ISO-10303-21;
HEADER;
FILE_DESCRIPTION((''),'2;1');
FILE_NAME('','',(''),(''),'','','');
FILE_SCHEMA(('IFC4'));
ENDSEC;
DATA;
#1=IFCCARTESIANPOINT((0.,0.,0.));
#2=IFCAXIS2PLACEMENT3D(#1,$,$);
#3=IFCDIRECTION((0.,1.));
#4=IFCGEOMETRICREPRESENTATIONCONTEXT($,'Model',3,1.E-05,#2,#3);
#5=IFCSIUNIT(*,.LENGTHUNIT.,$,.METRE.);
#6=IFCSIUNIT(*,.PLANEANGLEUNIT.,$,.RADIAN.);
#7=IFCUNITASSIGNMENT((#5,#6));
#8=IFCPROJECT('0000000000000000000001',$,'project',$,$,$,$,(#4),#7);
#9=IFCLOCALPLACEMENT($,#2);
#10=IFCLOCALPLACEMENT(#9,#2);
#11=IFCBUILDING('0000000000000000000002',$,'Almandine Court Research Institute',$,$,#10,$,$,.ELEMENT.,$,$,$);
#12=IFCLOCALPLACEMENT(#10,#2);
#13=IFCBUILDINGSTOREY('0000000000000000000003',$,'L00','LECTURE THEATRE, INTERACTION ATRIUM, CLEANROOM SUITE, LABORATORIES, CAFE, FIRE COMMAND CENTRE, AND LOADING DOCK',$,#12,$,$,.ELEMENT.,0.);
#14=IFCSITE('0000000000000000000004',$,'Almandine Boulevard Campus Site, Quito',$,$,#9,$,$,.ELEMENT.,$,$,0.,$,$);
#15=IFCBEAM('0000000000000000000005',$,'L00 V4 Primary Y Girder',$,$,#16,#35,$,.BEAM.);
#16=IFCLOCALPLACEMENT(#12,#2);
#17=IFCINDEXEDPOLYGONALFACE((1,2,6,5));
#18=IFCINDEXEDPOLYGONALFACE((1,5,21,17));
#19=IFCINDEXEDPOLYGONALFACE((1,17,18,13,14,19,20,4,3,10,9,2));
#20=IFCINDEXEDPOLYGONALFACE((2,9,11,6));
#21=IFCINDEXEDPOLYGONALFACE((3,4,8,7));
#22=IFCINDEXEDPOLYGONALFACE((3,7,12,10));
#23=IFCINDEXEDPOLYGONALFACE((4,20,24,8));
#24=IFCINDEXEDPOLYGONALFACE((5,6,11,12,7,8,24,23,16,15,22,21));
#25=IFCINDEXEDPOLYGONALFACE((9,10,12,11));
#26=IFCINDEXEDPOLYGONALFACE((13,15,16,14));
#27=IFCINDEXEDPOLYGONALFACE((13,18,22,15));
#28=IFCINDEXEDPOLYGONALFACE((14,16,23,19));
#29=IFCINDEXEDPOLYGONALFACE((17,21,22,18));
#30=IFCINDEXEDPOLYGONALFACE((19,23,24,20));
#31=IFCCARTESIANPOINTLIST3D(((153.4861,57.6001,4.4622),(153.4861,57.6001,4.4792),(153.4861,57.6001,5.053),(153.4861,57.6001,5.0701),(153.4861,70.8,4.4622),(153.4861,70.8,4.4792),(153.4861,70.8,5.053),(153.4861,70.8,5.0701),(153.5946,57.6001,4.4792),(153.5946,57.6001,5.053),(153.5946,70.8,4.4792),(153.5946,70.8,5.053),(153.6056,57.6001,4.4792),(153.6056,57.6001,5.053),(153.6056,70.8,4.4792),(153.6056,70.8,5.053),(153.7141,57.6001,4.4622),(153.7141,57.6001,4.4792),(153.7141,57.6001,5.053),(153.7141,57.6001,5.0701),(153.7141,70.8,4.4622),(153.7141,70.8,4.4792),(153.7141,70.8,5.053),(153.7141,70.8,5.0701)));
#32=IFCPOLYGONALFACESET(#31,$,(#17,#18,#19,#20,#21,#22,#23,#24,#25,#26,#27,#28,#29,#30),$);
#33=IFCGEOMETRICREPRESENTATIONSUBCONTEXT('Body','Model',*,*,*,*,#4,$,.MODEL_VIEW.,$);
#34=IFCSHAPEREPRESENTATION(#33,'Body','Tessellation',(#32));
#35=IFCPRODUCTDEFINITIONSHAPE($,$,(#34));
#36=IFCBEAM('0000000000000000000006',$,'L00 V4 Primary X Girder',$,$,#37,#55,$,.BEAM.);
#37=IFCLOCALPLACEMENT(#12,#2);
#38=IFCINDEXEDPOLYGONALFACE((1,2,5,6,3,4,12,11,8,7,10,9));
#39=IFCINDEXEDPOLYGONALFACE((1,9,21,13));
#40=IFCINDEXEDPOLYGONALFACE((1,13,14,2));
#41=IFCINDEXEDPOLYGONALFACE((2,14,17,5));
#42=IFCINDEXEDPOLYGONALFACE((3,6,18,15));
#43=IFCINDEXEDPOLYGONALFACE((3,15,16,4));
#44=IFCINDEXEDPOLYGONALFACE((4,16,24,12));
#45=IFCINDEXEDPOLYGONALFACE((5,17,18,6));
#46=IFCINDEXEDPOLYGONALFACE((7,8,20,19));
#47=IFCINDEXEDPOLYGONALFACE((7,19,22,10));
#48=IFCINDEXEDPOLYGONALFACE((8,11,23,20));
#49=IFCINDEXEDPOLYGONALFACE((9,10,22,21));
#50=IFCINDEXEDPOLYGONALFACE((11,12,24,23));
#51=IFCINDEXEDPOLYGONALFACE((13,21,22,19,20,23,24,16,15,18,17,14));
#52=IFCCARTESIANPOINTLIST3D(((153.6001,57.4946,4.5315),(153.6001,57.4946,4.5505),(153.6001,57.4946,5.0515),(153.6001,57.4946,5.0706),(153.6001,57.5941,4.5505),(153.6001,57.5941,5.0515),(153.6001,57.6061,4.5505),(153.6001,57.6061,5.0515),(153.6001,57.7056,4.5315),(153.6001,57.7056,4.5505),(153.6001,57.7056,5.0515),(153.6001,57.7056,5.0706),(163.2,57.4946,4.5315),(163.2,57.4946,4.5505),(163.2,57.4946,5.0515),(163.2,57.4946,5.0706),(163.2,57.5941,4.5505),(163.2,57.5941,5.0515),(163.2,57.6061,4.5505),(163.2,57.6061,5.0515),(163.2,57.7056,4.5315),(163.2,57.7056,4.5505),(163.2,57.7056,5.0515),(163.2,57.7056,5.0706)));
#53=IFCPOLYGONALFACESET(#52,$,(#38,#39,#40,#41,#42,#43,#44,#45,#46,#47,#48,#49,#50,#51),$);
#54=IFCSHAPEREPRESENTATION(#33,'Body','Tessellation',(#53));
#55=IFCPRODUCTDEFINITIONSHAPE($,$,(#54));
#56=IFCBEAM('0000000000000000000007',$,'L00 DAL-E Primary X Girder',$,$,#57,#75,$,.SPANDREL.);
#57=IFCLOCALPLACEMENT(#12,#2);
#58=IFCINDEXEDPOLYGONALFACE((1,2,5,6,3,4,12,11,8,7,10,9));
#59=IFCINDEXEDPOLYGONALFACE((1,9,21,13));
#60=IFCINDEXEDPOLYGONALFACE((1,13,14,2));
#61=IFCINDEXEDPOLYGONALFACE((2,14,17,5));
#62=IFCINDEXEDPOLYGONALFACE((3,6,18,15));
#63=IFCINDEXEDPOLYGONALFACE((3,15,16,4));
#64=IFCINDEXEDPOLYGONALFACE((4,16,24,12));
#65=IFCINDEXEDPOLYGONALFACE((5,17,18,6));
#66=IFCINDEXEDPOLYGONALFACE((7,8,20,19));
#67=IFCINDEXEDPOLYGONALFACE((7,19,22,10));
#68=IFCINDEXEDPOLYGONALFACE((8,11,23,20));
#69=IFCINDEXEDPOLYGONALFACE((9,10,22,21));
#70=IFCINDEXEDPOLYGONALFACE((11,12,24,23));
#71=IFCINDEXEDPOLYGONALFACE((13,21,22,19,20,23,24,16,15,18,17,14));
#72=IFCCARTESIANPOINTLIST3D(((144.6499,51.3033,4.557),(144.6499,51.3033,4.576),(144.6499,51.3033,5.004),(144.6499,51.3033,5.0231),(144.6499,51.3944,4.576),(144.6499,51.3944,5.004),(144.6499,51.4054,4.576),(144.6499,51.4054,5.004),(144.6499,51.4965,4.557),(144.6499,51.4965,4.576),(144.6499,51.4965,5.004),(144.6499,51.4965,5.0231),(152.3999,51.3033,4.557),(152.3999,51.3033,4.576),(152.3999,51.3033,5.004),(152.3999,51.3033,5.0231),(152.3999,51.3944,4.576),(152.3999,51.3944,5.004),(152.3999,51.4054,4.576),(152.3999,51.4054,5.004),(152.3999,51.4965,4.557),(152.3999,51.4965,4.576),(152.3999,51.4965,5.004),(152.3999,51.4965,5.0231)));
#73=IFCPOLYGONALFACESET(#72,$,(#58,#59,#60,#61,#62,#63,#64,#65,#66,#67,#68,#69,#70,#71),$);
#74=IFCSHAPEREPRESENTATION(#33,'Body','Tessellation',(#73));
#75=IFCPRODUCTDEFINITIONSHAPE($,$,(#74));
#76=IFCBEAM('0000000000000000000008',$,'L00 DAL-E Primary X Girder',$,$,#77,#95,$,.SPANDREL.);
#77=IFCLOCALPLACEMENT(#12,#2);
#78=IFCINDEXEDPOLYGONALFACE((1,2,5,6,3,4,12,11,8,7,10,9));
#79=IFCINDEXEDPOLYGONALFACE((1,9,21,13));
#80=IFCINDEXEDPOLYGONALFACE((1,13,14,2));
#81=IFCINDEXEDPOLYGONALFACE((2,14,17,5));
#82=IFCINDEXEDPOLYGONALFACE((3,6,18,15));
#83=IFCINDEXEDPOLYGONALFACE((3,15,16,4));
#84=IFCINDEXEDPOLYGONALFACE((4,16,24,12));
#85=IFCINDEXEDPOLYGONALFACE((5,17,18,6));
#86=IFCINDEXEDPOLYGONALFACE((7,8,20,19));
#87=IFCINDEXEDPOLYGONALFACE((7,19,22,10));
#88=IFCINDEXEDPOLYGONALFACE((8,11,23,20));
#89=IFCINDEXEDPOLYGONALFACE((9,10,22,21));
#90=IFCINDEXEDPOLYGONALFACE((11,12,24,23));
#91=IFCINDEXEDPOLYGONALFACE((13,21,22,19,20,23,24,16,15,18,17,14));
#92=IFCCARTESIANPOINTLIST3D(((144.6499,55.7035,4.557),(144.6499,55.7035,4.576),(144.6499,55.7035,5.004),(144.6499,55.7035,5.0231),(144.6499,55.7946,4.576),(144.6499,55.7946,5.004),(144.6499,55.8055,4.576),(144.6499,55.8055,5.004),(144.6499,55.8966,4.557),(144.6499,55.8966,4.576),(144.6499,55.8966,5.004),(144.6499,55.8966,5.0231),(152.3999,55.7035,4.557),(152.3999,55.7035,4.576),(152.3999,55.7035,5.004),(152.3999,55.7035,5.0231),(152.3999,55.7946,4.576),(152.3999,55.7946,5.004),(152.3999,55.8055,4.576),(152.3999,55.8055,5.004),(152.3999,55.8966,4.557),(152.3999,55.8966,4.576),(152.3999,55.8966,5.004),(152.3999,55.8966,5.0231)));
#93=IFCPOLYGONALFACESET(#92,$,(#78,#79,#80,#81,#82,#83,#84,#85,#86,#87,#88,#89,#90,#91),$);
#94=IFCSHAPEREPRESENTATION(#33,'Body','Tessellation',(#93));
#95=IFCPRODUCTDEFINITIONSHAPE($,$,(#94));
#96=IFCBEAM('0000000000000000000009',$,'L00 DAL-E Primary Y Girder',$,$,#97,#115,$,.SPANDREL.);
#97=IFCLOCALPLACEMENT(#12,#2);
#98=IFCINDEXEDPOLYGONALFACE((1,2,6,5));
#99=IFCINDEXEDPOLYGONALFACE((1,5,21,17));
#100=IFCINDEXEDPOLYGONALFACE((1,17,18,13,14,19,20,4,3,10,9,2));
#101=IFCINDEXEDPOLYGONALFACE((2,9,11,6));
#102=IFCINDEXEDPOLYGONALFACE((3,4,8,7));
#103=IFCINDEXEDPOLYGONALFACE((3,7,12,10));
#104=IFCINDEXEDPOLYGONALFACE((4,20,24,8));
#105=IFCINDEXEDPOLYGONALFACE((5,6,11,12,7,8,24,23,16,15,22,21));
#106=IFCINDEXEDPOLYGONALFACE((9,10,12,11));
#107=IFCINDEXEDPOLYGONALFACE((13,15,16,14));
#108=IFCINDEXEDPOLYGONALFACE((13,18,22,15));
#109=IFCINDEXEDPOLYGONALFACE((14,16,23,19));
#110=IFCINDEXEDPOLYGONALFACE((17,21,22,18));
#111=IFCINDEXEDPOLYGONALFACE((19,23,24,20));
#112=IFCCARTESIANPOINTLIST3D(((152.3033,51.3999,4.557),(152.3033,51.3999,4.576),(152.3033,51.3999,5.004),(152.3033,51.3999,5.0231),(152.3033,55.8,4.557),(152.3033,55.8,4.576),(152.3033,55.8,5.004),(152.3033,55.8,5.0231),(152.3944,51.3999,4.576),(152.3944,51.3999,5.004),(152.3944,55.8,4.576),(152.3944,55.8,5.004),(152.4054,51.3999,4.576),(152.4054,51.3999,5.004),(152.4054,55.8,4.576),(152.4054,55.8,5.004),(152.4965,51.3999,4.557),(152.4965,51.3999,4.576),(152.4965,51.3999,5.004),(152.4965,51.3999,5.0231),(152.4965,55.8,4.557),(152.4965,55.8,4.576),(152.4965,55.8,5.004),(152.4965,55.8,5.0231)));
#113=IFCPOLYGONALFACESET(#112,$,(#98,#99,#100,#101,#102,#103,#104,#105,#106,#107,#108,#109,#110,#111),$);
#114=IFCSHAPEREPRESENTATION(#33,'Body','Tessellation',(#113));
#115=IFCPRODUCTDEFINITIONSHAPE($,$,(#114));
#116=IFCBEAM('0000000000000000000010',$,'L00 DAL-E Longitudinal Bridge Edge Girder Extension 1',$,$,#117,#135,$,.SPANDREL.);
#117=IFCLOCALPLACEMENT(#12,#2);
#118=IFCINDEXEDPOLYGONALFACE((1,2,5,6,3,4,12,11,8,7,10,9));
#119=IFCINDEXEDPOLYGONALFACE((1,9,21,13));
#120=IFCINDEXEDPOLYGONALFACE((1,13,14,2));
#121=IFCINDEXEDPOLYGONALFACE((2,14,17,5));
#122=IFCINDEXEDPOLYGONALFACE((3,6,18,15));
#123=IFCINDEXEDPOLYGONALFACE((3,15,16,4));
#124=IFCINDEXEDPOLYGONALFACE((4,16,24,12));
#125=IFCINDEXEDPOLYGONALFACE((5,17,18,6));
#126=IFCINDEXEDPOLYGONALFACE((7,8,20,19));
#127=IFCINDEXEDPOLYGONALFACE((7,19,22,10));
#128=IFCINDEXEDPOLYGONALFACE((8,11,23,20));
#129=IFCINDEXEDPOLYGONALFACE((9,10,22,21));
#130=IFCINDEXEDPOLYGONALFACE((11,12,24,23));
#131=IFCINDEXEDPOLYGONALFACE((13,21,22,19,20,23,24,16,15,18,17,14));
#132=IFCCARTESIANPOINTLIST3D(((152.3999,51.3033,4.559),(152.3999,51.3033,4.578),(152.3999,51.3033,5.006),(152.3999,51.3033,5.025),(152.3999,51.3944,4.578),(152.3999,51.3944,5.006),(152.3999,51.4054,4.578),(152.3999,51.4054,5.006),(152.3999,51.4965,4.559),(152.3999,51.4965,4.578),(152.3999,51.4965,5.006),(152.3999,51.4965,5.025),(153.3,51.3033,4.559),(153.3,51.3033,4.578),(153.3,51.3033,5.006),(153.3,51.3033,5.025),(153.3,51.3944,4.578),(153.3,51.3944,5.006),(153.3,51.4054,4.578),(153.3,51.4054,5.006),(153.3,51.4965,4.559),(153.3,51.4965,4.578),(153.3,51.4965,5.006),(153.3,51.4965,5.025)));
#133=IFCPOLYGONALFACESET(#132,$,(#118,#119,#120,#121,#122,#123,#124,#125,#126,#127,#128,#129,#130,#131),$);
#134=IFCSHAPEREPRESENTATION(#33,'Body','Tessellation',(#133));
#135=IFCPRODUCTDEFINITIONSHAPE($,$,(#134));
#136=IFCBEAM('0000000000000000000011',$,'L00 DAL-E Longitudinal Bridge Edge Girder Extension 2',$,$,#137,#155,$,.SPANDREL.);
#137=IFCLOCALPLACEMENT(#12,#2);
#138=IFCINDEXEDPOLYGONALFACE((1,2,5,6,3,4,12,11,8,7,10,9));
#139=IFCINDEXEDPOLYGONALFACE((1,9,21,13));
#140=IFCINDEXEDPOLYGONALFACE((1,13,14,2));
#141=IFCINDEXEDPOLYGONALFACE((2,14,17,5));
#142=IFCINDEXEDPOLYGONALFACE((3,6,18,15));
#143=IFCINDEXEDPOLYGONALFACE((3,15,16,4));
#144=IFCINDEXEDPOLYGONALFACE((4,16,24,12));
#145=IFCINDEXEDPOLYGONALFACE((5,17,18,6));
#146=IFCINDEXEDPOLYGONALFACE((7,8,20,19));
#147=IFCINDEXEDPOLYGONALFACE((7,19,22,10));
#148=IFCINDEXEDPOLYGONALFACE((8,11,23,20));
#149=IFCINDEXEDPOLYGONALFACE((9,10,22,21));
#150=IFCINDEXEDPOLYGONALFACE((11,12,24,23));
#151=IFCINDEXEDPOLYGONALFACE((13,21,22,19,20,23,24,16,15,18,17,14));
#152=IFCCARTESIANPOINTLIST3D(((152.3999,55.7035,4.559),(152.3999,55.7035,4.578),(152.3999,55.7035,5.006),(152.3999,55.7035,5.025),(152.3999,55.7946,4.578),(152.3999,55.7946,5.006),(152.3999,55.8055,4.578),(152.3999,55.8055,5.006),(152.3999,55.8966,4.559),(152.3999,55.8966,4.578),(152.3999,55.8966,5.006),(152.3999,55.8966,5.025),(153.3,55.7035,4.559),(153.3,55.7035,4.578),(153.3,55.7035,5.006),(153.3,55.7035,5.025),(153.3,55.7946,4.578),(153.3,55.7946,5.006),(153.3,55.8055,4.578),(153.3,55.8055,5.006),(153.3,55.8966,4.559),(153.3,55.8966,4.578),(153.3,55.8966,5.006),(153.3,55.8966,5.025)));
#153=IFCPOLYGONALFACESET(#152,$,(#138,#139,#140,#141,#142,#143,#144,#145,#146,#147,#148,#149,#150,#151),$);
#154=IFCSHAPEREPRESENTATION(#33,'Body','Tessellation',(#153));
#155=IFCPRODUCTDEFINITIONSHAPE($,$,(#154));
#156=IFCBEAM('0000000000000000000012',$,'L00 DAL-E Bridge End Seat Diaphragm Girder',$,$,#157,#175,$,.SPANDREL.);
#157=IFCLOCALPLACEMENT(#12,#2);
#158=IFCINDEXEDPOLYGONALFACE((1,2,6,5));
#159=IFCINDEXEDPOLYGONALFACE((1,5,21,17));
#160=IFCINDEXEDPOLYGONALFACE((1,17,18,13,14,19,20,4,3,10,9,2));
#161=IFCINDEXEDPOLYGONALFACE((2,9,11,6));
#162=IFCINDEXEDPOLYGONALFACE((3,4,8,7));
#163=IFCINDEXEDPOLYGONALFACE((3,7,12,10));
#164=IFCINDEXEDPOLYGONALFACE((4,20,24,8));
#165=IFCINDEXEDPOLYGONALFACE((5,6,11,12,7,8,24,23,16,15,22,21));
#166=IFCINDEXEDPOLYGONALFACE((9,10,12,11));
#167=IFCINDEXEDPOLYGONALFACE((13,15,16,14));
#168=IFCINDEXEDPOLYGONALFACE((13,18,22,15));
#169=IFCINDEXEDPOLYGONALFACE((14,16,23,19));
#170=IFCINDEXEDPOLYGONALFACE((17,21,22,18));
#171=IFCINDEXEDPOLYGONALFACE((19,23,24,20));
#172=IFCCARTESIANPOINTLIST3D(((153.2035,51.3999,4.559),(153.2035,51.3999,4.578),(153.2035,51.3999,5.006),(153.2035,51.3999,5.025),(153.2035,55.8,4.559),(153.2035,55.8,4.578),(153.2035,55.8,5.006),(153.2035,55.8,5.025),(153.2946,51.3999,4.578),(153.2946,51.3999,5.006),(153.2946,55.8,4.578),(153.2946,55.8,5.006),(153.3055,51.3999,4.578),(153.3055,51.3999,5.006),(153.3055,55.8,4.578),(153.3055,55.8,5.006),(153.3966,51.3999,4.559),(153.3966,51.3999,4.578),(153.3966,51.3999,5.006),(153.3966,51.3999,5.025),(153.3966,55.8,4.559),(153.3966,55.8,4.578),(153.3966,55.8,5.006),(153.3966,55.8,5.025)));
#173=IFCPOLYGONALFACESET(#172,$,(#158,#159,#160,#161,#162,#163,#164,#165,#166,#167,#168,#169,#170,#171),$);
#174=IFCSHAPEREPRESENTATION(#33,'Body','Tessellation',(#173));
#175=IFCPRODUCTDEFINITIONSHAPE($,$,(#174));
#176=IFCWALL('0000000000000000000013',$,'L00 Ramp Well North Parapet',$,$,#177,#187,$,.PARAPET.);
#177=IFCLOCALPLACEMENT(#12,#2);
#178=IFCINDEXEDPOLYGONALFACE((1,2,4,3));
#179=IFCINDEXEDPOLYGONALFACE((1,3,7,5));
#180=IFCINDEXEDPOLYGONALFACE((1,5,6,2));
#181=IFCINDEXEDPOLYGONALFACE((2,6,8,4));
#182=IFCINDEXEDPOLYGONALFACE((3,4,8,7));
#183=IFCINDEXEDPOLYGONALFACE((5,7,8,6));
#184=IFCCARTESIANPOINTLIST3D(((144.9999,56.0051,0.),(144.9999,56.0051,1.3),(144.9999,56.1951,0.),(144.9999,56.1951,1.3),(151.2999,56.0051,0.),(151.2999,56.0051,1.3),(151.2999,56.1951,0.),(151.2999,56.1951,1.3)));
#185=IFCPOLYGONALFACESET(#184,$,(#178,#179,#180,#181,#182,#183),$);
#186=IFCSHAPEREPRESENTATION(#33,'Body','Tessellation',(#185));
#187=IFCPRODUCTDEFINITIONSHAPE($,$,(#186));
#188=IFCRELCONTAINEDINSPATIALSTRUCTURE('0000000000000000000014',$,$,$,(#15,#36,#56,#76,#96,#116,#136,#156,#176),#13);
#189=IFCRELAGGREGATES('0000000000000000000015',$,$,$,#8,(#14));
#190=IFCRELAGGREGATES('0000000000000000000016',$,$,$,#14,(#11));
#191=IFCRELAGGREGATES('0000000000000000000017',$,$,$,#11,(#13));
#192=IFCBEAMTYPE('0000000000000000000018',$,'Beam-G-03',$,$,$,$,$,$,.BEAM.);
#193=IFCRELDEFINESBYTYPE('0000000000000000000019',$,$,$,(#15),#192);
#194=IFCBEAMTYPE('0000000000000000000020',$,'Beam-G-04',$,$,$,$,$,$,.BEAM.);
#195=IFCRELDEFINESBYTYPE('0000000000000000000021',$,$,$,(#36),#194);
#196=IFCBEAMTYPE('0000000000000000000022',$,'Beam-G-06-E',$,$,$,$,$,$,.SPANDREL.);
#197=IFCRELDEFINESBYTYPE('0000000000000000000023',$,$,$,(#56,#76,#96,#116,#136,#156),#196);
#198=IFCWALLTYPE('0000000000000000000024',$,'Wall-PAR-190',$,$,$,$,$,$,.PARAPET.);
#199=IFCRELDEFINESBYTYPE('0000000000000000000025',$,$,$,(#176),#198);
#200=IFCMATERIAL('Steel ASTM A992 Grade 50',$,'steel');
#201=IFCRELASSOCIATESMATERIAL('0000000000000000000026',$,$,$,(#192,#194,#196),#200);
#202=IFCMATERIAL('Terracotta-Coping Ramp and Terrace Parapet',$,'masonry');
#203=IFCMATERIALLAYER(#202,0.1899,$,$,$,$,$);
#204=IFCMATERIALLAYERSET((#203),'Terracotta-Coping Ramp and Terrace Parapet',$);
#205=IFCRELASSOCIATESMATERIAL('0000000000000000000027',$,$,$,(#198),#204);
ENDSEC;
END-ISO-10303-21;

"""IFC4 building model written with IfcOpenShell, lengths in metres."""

from ifc_helpers import new_model, si_unit, direction, frame, frame_2d, origin, origin_2d, place, context, subcontext, project, spatial, rectangle, i_section, extrude, material, layer, layer_set, material_profile, profile_set, type_object, element, save


model = new_model("IFC4")

# Units and contexts
model_context = context("Model", 3, precision=1e-05, world=origin(), true_north=direction((0.0, 1.0)))
body_context = subcontext(model_context, "Body", "Model", "MODEL_VIEW")
ifc_project = project(units=[si_unit("LENGTHUNIT", "METRE"), si_unit("PLANEANGLEUNIT", "RADIAN")], contexts=[model_context])

# Site, building, storey
site_placement = place(None, origin())
site = spatial("IfcSite", under=ifc_project, at=site_placement, Name="Almandine Boulevard Campus Site, Quito", CompositionType="ELEMENT", RefElevation=0.0)
building_placement = place(site_placement, origin())
building = spatial("IfcBuilding", under=site, at=building_placement, Name="Almandine Court Research Institute", CompositionType="ELEMENT")
storey_placement = place(building_placement, origin())
storey = spatial("IfcBuildingStorey", under=building, at=storey_placement, Name="L00", Description="LECTURE THEATRE, INTERACTION ATRIUM, CLEANROOM SUITE, LABORATORIES, CAFE, FIRE COMMAND CENTRE, AND LOADING DOCK", CompositionType="ELEMENT", Elevation=0.0)

# Shared definitions
ifc_material_1 = material(Name="Steel ASTM A992 Grade 50", Category="steel")

# Beams
ifc_material_profile_1 = material_profile(ifc_material_1, i_section(OverallWidth=0.228, OverallDepth=0.6079, WebThickness=0.011, FlangeThickness=0.0171, at=origin_2d()), Name="W610x113")
ifc_profile_set_1 = profile_set([ifc_material_profile_1], Name="Steel ASTM A992 Grade 50")
beam_type_1 = type_object("IfcBeamType", Name="Beam-G-03", PredefinedType="BEAM", material=ifc_profile_set_1)
beam_1_placement = place(storey_placement, frame((153.6001, 57.6001, 4.7661), z_axis=(0.0, 1.0, 0.0), x_axis=(-1.0, 0.0, 0.0)))
element("IfcBeam", 1, at=beam_1_placement, inside=storey, type_object=beam_type_1, Name="L00 V4 Primary Y Girder", PredefinedType="BEAM", context=body_context, shape_type="SweptSolid", body=[
    extrude(i_section(OverallWidth=0.228, OverallDepth=0.6079, WebThickness=0.011, FlangeThickness=0.0171, at=origin_2d()), origin(), (0.0, 0.0, 1.0), 13.2),
])
ifc_material_profile_2 = material_profile(ifc_material_1, i_section(OverallWidth=0.2109, OverallDepth=0.5391, WebThickness=0.012, FlangeThickness=0.019, at=origin_2d()), Name="W530x109")
ifc_profile_set_2 = profile_set([ifc_material_profile_2], Name="Steel ASTM A992 Grade 50")
beam_type_2 = type_object("IfcBeamType", Name="Beam-G-04", PredefinedType="BEAM", material=ifc_profile_set_2)
beam_2_placement = place(storey_placement, frame((153.6001, 57.6001, 4.801), z_axis=(1.0, 0.0, 0.0), x_axis=(0.0, 1.0, 0.0)))
element("IfcBeam", 2, at=beam_2_placement, inside=storey, type_object=beam_type_2, Name="L00 V4 Primary X Girder", PredefinedType="BEAM", context=body_context, shape_type="SweptSolid", body=[
    extrude(i_section(OverallWidth=0.2109, OverallDepth=0.5391, WebThickness=0.012, FlangeThickness=0.019, at=origin_2d()), origin(), (0.0, 0.0, 1.0), 9.5999),
])
ifc_material_profile_3 = material_profile(ifc_material_1, i_section(OverallWidth=0.1931, OverallDepth=0.4661, WebThickness=0.011, FlangeThickness=0.019, at=origin_2d()), Name="W460x97")
ifc_profile_set_3 = profile_set([ifc_material_profile_3], Name="Steel ASTM A992 Grade 50")
beam_type_3 = type_object("IfcBeamType", Name="Beam-G-06-E", PredefinedType="SPANDREL", material=ifc_profile_set_3)
for number, where, z_axis, x_axis, name in (
    (3, (144.6499, 51.3999, 4.79), (1.0, 0.0, 0.0), (0.0, 1.0, 0.0), "L00 DAL-E Primary X Girder"),
    (4, (144.6499, 55.8, 4.79), (1.0, 0.0, 0.0), (0.0, 1.0, 0.0), "L00 DAL-E Primary X Girder"),
):
    element("IfcBeam", number, at=place(storey_placement, frame(where, z_axis=z_axis, x_axis=x_axis)), inside=storey, type_object=beam_type_3, Name=name, PredefinedType="SPANDREL", context=body_context, shape_type="SweptSolid", body=[
        extrude(i_section(OverallWidth=0.1931, OverallDepth=0.4661, WebThickness=0.011, FlangeThickness=0.019, at=origin_2d()), origin(), (0.0, 0.0, 1.0), 7.75),
    ])
beam_3_placement = place(storey_placement, frame((152.3999, 51.3999, 4.79), z_axis=(0.0, 1.0, 0.0), x_axis=(-1.0, 0.0, 0.0)))
element("IfcBeam", 5, at=beam_3_placement, inside=storey, type_object=beam_type_3, Name="L00 DAL-E Primary Y Girder", PredefinedType="SPANDREL", context=body_context, shape_type="SweptSolid", body=[
    extrude(i_section(OverallWidth=0.1931, OverallDepth=0.4661, WebThickness=0.011, FlangeThickness=0.019, at=origin_2d()), origin(), (0.0, 0.0, 1.0), 4.4001),
])
for number, where, z_axis, x_axis, name in (
    (6, (152.3999, 51.3999, 4.792), (1.0, 0.0, 0.0), (0.0, 1.0, 0.0), "L00 DAL-E Longitudinal Bridge Edge Girder Extension 1"),
    (7, (152.3999, 55.8, 4.792), (1.0, 0.0, 0.0), (0.0, 1.0, 0.0), "L00 DAL-E Longitudinal Bridge Edge Girder Extension 2"),
):
    element("IfcBeam", number, at=place(storey_placement, frame(where, z_axis=z_axis, x_axis=x_axis)), inside=storey, type_object=beam_type_3, Name=name, PredefinedType="SPANDREL", context=body_context, shape_type="SweptSolid", body=[
        extrude(i_section(OverallWidth=0.1931, OverallDepth=0.4661, WebThickness=0.011, FlangeThickness=0.019, at=origin_2d()), origin(), (0.0, 0.0, 1.0), 0.9001),
    ])
beam_4_placement = place(storey_placement, frame((153.3, 51.3999, 4.792), z_axis=(0.0, 1.0, 0.0), x_axis=(-1.0, 0.0, 0.0)))
element("IfcBeam", 8, at=beam_4_placement, inside=storey, type_object=beam_type_3, Name="L00 DAL-E Bridge End Seat Diaphragm Girder", PredefinedType="SPANDREL", context=body_context, shape_type="SweptSolid", body=[
    extrude(i_section(OverallWidth=0.1931, OverallDepth=0.4661, WebThickness=0.011, FlangeThickness=0.019, at=origin_2d()), origin(), (0.0, 0.0, 1.0), 4.4001),
])

# Wall
ifc_material_2 = material(Name="Terracotta-Coping Ramp and Terrace Parapet", Category="masonry")
ifc_layer_1 = layer(ifc_material_2, 0.1899)
ifc_layer_set_1 = layer_set([ifc_layer_1], Name="Terracotta-Coping Ramp and Terrace Parapet")
wall_type_1 = type_object("IfcWallType", Name="Wall-PAR-190", PredefinedType="PARAPET", material=ifc_layer_set_1)
wall_1_placement = place(storey_placement, frame((145.0, 56.1001, 0.0), z_axis=(0.0, 0.0, 1.0), x_axis=(1.0, 0.0, 0.0)))
element("IfcWall", 9, at=wall_1_placement, inside=storey, type_object=wall_type_1, Name="L00 Ramp Well North Parapet", PredefinedType="PARAPET", context=body_context, shape_type="SweptSolid", body=[
    extrude(rectangle(XDim=6.3, YDim=0.1899, at=frame_2d((3.1499, 0.0))), origin(), (0.0, 0.0, 1.0), 1.3),
])

save(model, "model.ifc")
